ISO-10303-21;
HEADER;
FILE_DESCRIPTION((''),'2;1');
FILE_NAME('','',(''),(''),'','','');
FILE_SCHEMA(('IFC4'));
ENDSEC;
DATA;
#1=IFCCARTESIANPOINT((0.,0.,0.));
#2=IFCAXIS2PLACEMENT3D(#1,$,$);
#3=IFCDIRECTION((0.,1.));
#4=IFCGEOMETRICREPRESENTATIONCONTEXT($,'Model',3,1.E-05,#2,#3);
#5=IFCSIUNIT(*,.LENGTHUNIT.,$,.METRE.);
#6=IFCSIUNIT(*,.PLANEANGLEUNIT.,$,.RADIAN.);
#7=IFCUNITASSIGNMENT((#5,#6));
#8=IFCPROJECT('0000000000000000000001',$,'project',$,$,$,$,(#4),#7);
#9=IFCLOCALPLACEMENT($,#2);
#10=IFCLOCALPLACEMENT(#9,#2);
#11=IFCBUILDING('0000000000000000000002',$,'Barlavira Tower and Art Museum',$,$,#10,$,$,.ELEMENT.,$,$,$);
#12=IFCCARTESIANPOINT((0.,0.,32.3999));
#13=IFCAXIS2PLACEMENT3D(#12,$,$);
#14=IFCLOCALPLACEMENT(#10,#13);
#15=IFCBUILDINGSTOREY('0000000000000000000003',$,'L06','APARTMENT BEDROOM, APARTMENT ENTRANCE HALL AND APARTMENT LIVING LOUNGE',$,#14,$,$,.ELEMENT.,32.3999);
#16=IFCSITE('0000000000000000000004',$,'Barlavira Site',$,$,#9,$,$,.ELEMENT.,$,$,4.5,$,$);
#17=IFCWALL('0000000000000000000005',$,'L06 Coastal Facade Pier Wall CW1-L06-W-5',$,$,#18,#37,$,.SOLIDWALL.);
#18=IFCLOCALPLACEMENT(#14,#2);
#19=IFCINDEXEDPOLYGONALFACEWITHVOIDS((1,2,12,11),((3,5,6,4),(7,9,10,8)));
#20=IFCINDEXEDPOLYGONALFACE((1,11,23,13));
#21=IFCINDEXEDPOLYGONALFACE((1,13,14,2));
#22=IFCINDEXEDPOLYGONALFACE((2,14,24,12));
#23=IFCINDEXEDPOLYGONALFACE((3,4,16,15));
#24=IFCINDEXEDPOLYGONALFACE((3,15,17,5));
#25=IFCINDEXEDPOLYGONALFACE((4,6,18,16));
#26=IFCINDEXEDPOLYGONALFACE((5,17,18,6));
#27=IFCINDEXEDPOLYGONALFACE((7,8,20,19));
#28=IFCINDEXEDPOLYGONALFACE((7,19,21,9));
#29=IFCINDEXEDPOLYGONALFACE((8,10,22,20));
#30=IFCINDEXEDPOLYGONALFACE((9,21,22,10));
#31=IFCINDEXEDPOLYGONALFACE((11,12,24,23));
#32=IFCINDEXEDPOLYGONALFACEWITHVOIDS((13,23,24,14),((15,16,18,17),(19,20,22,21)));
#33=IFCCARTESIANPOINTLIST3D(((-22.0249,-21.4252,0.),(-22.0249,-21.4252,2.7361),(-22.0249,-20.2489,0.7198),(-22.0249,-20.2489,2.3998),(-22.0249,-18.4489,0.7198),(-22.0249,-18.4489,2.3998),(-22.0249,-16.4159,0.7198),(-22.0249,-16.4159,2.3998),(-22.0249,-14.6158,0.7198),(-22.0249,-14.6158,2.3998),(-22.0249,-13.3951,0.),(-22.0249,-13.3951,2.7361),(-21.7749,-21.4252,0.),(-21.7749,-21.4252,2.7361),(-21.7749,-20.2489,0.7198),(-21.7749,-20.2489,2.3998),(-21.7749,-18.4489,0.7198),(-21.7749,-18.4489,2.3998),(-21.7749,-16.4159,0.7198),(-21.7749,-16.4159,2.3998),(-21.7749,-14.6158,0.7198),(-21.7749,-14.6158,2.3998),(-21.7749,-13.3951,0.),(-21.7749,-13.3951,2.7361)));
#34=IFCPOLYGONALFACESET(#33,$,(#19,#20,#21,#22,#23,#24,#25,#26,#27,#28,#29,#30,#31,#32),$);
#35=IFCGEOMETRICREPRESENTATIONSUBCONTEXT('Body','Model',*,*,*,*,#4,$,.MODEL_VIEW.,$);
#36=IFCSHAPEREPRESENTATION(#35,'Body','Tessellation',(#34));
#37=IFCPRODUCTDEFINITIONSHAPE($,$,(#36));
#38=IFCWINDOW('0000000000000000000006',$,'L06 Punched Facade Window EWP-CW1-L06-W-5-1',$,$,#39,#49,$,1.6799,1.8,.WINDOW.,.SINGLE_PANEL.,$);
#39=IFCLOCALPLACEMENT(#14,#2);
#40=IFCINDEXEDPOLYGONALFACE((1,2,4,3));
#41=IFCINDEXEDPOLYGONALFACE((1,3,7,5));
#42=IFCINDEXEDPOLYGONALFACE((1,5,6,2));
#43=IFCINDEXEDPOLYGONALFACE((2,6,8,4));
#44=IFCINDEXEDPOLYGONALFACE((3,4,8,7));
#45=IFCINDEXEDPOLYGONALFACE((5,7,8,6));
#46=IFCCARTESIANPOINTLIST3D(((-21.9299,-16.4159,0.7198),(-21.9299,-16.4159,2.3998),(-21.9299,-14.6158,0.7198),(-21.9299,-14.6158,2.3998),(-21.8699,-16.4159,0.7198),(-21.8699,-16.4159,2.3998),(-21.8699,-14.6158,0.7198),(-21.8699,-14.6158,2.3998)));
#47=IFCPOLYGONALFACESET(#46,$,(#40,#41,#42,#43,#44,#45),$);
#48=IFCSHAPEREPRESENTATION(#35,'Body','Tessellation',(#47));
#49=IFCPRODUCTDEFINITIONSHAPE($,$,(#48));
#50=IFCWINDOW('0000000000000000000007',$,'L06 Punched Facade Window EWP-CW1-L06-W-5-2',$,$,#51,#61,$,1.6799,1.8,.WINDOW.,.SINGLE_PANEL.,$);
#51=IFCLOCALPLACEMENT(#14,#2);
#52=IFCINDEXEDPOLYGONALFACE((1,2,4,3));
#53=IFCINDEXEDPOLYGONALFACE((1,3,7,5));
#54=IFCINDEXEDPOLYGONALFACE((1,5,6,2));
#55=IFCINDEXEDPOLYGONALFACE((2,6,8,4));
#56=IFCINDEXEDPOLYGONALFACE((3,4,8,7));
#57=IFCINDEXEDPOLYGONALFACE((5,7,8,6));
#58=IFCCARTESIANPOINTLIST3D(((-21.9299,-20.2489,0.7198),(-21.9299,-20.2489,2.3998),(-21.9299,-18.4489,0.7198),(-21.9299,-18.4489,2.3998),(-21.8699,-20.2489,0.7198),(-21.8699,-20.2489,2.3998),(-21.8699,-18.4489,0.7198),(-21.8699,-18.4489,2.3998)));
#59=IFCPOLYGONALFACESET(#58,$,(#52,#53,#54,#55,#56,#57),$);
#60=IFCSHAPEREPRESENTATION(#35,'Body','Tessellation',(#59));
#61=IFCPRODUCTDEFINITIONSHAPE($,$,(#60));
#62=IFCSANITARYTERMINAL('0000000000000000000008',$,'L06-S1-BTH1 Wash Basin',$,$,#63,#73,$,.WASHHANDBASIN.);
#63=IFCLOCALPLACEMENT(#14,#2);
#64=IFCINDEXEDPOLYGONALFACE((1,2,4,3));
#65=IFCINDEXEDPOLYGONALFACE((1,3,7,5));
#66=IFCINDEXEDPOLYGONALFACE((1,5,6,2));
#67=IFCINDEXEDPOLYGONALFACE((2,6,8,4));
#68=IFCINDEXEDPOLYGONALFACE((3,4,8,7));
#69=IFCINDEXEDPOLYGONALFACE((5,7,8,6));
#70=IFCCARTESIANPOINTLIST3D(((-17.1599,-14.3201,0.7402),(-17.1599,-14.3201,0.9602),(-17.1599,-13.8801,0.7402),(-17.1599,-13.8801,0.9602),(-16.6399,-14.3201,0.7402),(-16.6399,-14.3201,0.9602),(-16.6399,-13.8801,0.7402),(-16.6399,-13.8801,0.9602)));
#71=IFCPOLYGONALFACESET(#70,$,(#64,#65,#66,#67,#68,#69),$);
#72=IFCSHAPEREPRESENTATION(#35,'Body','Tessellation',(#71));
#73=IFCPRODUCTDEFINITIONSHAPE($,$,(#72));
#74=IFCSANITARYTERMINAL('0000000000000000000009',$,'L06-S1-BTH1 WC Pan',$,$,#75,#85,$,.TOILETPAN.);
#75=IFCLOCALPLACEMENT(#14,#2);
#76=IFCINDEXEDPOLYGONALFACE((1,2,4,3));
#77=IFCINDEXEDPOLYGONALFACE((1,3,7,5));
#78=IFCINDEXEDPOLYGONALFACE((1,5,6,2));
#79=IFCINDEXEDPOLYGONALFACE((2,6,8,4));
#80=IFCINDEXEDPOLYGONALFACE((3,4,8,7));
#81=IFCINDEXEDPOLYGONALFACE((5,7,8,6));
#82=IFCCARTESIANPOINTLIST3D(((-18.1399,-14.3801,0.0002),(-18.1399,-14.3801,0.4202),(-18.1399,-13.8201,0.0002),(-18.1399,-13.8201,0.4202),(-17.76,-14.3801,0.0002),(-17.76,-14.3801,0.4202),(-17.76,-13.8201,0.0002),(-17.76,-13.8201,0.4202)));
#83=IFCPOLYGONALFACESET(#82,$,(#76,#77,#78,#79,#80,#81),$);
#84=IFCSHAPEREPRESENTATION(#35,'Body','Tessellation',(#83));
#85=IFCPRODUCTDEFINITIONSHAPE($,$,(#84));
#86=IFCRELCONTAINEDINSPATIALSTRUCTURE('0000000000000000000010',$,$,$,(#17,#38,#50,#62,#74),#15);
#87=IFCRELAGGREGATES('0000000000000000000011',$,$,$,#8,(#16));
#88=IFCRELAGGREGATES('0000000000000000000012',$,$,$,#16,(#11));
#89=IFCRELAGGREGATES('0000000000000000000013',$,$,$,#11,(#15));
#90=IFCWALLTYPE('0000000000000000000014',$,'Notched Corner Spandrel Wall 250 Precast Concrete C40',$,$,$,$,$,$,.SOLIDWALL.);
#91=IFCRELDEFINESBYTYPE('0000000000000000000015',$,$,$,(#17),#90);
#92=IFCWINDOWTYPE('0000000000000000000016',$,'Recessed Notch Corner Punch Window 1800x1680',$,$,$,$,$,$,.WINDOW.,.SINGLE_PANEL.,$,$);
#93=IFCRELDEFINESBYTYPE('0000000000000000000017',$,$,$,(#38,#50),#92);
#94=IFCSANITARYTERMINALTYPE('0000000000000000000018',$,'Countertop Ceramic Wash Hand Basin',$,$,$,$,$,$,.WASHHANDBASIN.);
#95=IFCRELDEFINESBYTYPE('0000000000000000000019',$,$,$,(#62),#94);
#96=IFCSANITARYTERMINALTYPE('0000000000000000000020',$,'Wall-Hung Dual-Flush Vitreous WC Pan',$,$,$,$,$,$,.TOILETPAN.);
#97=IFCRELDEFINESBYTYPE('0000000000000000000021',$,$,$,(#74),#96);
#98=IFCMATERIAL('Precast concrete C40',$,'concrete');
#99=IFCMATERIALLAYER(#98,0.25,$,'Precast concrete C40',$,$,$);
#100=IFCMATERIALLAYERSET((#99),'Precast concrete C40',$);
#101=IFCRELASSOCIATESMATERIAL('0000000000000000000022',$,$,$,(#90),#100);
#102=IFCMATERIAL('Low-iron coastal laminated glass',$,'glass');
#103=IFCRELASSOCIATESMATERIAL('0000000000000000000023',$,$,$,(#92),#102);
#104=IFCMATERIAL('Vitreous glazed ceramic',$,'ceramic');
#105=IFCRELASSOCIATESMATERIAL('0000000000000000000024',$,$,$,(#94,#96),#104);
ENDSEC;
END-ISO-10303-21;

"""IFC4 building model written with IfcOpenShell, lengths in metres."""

from ifc_helpers import new_model, si_unit, direction, frame, frame_2d, origin, origin_2d, place, context, subcontext, project, spatial, rectangle, extrude, material, layer, layer_set, type_object, element, fill, save


model = new_model("IFC4")

# Units and contexts
model_context = context("Model", 3, precision=1e-05, world=origin(), true_north=direction((0.0, 1.0)))
body_context = subcontext(model_context, "Body", "Model", "MODEL_VIEW")
ifc_project = project(units=[si_unit("LENGTHUNIT", "METRE"), si_unit("PLANEANGLEUNIT", "RADIAN")], contexts=[model_context])

# Site, building, storey
site_placement = place(None, origin())
site = spatial("IfcSite", under=ifc_project, at=site_placement, Name="Barlavira Site", CompositionType="ELEMENT", RefElevation=4.5)
building_placement = place(site_placement, origin())
building = spatial("IfcBuilding", under=site, at=building_placement, Name="Barlavira Tower and Art Museum", CompositionType="ELEMENT")
storey_placement = place(building_placement, frame((0.0, 0.0, 32.3999)))
storey = spatial("IfcBuildingStorey", under=building, at=storey_placement, Name="L06", Description="APARTMENT BEDROOM, APARTMENT ENTRANCE HALL AND APARTMENT LIVING LOUNGE", CompositionType="ELEMENT", Elevation=32.3999)

# Wall, openings, windows
ifc_material_1 = material(Name="Precast concrete C40", Category="concrete")
ifc_layer_1 = layer(ifc_material_1, 0.25, Name="Precast concrete C40")
ifc_layer_set_1 = layer_set([ifc_layer_1], Name="Precast concrete C40")
wall_type_1 = type_object("IfcWallType", Name="Notched Corner Spandrel Wall 250 Precast Concrete C40", PredefinedType="SOLIDWALL", material=ifc_layer_set_1)
wall_1_placement = place(storey_placement, frame((-21.8999, -13.395, 0.0), z_axis=(0.0, 0.0, 1.0), x_axis=(0.0, -1.0, 0.0)))
wall_1 = element("IfcWall", 1, at=wall_1_placement, inside=storey, type_object=wall_type_1, Name="L06 Coastal Facade Pier Wall CW1-L06-W-5", PredefinedType="SOLIDWALL", context=body_context, shape_type="SweptSolid", body=[
    extrude(rectangle(XDim=8.03, YDim=0.25, at=frame_2d((4.0151, 0.0))), origin(), (0.0, 0.0, 1.0), 2.7361),
])
opening_1_placement = place(wall_1_placement, frame((1.2209, 0.0, 0.72)))
opening_1 = element("IfcOpeningElement", 2, at=opening_1_placement, cuts=wall_1, PredefinedType="OPENING", context=body_context, shape_type="SweptSolid", body=[
    extrude(rectangle(XDim=1.8, YDim=1.6799, at=frame_2d((0.8999, 0.8398))), frame((0.0, 0.135, 0.0), z_axis=(0.0, -1.0, 0.0), x_axis=(1.0, 0.0, 0.0)), (0.0, 0.0, 1.0), 0.27),
])
opening_2_placement = place(wall_1_placement, frame((5.054, 0.0, 0.72)))
opening_2 = element("IfcOpeningElement", 3, at=opening_2_placement, cuts=wall_1, PredefinedType="OPENING", context=body_context, shape_type="SweptSolid", body=[
    extrude(rectangle(XDim=1.8, YDim=1.6799, at=frame_2d((0.8999, 0.8398))), frame((0.0, 0.135, 0.0), z_axis=(0.0, -1.0, 0.0), x_axis=(1.0, 0.0, 0.0)), (0.0, 0.0, 1.0), 0.27),
])
ifc_material_2 = material(Name="Low-iron coastal laminated glass", Category="glass")
window_type = type_object("IfcWindowType", Name="Recessed Notch Corner Punch Window 1800x1680", PartitioningType="SINGLE_PANEL", PredefinedType="WINDOW", material=ifc_material_2)
window_1_placement = place(opening_1_placement, origin())
window_1 = element("IfcWindow", 4, at=window_1_placement, inside=storey, type_object=window_type, Name="L06 Punched Facade Window EWP-CW1-L06-W-5-1", OverallHeight=1.6799, OverallWidth=1.8, PartitioningType="SINGLE_PANEL", PredefinedType="WINDOW", context=body_context, shape_type="SweptSolid", body=[
    extrude(rectangle(XDim=1.8, YDim=1.6799, at=frame_2d((0.8999, 0.8398))), frame((0.0, 0.03, 0.0), z_axis=(0.0, -1.0, 0.0), x_axis=(1.0, 0.0, 0.0)), (0.0, 0.0, 1.0), 0.0601),
])
fill(opening_1, window_1)
window_2_placement = place(opening_2_placement, origin())
window_2 = element("IfcWindow", 5, at=window_2_placement, inside=storey, type_object=window_type, Name="L06 Punched Facade Window EWP-CW1-L06-W-5-2", OverallHeight=1.6799, OverallWidth=1.8, PartitioningType="SINGLE_PANEL", PredefinedType="WINDOW", context=body_context, shape_type="SweptSolid", body=[
    extrude(rectangle(XDim=1.8, YDim=1.6799, at=frame_2d((0.8999, 0.8398))), frame((0.0, 0.03, 0.0), z_axis=(0.0, -1.0, 0.0), x_axis=(1.0, 0.0, 0.0)), (0.0, 0.0, 1.0), 0.0601),
])
fill(opening_2, window_2)

# Sanitary terminals
ifc_material_3 = material(Name="Vitreous glazed ceramic", Category="ceramic")
sanitary_terminal_type_1 = type_object("IfcSanitaryTerminalType", Name="Countertop Ceramic Wash Hand Basin", PredefinedType="WASHHANDBASIN", material=ifc_material_3)
sanitary_terminal_1_placement = place(storey_placement, frame((-16.8999, -14.1001, 0.7402), z_axis=(0.0, 0.0, 1.0), x_axis=(1.0, 0.0, 0.0)))
element("IfcSanitaryTerminal", 6, at=sanitary_terminal_1_placement, inside=storey, type_object=sanitary_terminal_type_1, Name="L06-S1-BTH1 Wash Basin", PredefinedType="WASHHANDBASIN", context=body_context, shape_type="SweptSolid", body=[
    extrude(rectangle(XDim=0.52, YDim=0.4399, at=origin_2d()), origin(), (0.0, 0.0, 1.0), 0.22),
])
sanitary_terminal_type_2 = type_object("IfcSanitaryTerminalType", Name="Wall-Hung Dual-Flush Vitreous WC Pan", PredefinedType="TOILETPAN", material=ifc_material_3)
sanitary_terminal_2_placement = place(storey_placement, frame((-17.95, -14.1001, 0.0002), z_axis=(0.0, 0.0, 1.0), x_axis=(1.0, 0.0, 0.0)))
element("IfcSanitaryTerminal", 7, at=sanitary_terminal_2_placement, inside=storey, type_object=sanitary_terminal_type_2, Name="L06-S1-BTH1 WC Pan", PredefinedType="TOILETPAN", context=body_context, shape_type="SweptSolid", body=[
    extrude(rectangle(XDim=0.3799, YDim=0.5601, at=origin_2d()), origin(), (0.0, 0.0, 1.0), 0.4199),
])

save(model, "model.ifc")
